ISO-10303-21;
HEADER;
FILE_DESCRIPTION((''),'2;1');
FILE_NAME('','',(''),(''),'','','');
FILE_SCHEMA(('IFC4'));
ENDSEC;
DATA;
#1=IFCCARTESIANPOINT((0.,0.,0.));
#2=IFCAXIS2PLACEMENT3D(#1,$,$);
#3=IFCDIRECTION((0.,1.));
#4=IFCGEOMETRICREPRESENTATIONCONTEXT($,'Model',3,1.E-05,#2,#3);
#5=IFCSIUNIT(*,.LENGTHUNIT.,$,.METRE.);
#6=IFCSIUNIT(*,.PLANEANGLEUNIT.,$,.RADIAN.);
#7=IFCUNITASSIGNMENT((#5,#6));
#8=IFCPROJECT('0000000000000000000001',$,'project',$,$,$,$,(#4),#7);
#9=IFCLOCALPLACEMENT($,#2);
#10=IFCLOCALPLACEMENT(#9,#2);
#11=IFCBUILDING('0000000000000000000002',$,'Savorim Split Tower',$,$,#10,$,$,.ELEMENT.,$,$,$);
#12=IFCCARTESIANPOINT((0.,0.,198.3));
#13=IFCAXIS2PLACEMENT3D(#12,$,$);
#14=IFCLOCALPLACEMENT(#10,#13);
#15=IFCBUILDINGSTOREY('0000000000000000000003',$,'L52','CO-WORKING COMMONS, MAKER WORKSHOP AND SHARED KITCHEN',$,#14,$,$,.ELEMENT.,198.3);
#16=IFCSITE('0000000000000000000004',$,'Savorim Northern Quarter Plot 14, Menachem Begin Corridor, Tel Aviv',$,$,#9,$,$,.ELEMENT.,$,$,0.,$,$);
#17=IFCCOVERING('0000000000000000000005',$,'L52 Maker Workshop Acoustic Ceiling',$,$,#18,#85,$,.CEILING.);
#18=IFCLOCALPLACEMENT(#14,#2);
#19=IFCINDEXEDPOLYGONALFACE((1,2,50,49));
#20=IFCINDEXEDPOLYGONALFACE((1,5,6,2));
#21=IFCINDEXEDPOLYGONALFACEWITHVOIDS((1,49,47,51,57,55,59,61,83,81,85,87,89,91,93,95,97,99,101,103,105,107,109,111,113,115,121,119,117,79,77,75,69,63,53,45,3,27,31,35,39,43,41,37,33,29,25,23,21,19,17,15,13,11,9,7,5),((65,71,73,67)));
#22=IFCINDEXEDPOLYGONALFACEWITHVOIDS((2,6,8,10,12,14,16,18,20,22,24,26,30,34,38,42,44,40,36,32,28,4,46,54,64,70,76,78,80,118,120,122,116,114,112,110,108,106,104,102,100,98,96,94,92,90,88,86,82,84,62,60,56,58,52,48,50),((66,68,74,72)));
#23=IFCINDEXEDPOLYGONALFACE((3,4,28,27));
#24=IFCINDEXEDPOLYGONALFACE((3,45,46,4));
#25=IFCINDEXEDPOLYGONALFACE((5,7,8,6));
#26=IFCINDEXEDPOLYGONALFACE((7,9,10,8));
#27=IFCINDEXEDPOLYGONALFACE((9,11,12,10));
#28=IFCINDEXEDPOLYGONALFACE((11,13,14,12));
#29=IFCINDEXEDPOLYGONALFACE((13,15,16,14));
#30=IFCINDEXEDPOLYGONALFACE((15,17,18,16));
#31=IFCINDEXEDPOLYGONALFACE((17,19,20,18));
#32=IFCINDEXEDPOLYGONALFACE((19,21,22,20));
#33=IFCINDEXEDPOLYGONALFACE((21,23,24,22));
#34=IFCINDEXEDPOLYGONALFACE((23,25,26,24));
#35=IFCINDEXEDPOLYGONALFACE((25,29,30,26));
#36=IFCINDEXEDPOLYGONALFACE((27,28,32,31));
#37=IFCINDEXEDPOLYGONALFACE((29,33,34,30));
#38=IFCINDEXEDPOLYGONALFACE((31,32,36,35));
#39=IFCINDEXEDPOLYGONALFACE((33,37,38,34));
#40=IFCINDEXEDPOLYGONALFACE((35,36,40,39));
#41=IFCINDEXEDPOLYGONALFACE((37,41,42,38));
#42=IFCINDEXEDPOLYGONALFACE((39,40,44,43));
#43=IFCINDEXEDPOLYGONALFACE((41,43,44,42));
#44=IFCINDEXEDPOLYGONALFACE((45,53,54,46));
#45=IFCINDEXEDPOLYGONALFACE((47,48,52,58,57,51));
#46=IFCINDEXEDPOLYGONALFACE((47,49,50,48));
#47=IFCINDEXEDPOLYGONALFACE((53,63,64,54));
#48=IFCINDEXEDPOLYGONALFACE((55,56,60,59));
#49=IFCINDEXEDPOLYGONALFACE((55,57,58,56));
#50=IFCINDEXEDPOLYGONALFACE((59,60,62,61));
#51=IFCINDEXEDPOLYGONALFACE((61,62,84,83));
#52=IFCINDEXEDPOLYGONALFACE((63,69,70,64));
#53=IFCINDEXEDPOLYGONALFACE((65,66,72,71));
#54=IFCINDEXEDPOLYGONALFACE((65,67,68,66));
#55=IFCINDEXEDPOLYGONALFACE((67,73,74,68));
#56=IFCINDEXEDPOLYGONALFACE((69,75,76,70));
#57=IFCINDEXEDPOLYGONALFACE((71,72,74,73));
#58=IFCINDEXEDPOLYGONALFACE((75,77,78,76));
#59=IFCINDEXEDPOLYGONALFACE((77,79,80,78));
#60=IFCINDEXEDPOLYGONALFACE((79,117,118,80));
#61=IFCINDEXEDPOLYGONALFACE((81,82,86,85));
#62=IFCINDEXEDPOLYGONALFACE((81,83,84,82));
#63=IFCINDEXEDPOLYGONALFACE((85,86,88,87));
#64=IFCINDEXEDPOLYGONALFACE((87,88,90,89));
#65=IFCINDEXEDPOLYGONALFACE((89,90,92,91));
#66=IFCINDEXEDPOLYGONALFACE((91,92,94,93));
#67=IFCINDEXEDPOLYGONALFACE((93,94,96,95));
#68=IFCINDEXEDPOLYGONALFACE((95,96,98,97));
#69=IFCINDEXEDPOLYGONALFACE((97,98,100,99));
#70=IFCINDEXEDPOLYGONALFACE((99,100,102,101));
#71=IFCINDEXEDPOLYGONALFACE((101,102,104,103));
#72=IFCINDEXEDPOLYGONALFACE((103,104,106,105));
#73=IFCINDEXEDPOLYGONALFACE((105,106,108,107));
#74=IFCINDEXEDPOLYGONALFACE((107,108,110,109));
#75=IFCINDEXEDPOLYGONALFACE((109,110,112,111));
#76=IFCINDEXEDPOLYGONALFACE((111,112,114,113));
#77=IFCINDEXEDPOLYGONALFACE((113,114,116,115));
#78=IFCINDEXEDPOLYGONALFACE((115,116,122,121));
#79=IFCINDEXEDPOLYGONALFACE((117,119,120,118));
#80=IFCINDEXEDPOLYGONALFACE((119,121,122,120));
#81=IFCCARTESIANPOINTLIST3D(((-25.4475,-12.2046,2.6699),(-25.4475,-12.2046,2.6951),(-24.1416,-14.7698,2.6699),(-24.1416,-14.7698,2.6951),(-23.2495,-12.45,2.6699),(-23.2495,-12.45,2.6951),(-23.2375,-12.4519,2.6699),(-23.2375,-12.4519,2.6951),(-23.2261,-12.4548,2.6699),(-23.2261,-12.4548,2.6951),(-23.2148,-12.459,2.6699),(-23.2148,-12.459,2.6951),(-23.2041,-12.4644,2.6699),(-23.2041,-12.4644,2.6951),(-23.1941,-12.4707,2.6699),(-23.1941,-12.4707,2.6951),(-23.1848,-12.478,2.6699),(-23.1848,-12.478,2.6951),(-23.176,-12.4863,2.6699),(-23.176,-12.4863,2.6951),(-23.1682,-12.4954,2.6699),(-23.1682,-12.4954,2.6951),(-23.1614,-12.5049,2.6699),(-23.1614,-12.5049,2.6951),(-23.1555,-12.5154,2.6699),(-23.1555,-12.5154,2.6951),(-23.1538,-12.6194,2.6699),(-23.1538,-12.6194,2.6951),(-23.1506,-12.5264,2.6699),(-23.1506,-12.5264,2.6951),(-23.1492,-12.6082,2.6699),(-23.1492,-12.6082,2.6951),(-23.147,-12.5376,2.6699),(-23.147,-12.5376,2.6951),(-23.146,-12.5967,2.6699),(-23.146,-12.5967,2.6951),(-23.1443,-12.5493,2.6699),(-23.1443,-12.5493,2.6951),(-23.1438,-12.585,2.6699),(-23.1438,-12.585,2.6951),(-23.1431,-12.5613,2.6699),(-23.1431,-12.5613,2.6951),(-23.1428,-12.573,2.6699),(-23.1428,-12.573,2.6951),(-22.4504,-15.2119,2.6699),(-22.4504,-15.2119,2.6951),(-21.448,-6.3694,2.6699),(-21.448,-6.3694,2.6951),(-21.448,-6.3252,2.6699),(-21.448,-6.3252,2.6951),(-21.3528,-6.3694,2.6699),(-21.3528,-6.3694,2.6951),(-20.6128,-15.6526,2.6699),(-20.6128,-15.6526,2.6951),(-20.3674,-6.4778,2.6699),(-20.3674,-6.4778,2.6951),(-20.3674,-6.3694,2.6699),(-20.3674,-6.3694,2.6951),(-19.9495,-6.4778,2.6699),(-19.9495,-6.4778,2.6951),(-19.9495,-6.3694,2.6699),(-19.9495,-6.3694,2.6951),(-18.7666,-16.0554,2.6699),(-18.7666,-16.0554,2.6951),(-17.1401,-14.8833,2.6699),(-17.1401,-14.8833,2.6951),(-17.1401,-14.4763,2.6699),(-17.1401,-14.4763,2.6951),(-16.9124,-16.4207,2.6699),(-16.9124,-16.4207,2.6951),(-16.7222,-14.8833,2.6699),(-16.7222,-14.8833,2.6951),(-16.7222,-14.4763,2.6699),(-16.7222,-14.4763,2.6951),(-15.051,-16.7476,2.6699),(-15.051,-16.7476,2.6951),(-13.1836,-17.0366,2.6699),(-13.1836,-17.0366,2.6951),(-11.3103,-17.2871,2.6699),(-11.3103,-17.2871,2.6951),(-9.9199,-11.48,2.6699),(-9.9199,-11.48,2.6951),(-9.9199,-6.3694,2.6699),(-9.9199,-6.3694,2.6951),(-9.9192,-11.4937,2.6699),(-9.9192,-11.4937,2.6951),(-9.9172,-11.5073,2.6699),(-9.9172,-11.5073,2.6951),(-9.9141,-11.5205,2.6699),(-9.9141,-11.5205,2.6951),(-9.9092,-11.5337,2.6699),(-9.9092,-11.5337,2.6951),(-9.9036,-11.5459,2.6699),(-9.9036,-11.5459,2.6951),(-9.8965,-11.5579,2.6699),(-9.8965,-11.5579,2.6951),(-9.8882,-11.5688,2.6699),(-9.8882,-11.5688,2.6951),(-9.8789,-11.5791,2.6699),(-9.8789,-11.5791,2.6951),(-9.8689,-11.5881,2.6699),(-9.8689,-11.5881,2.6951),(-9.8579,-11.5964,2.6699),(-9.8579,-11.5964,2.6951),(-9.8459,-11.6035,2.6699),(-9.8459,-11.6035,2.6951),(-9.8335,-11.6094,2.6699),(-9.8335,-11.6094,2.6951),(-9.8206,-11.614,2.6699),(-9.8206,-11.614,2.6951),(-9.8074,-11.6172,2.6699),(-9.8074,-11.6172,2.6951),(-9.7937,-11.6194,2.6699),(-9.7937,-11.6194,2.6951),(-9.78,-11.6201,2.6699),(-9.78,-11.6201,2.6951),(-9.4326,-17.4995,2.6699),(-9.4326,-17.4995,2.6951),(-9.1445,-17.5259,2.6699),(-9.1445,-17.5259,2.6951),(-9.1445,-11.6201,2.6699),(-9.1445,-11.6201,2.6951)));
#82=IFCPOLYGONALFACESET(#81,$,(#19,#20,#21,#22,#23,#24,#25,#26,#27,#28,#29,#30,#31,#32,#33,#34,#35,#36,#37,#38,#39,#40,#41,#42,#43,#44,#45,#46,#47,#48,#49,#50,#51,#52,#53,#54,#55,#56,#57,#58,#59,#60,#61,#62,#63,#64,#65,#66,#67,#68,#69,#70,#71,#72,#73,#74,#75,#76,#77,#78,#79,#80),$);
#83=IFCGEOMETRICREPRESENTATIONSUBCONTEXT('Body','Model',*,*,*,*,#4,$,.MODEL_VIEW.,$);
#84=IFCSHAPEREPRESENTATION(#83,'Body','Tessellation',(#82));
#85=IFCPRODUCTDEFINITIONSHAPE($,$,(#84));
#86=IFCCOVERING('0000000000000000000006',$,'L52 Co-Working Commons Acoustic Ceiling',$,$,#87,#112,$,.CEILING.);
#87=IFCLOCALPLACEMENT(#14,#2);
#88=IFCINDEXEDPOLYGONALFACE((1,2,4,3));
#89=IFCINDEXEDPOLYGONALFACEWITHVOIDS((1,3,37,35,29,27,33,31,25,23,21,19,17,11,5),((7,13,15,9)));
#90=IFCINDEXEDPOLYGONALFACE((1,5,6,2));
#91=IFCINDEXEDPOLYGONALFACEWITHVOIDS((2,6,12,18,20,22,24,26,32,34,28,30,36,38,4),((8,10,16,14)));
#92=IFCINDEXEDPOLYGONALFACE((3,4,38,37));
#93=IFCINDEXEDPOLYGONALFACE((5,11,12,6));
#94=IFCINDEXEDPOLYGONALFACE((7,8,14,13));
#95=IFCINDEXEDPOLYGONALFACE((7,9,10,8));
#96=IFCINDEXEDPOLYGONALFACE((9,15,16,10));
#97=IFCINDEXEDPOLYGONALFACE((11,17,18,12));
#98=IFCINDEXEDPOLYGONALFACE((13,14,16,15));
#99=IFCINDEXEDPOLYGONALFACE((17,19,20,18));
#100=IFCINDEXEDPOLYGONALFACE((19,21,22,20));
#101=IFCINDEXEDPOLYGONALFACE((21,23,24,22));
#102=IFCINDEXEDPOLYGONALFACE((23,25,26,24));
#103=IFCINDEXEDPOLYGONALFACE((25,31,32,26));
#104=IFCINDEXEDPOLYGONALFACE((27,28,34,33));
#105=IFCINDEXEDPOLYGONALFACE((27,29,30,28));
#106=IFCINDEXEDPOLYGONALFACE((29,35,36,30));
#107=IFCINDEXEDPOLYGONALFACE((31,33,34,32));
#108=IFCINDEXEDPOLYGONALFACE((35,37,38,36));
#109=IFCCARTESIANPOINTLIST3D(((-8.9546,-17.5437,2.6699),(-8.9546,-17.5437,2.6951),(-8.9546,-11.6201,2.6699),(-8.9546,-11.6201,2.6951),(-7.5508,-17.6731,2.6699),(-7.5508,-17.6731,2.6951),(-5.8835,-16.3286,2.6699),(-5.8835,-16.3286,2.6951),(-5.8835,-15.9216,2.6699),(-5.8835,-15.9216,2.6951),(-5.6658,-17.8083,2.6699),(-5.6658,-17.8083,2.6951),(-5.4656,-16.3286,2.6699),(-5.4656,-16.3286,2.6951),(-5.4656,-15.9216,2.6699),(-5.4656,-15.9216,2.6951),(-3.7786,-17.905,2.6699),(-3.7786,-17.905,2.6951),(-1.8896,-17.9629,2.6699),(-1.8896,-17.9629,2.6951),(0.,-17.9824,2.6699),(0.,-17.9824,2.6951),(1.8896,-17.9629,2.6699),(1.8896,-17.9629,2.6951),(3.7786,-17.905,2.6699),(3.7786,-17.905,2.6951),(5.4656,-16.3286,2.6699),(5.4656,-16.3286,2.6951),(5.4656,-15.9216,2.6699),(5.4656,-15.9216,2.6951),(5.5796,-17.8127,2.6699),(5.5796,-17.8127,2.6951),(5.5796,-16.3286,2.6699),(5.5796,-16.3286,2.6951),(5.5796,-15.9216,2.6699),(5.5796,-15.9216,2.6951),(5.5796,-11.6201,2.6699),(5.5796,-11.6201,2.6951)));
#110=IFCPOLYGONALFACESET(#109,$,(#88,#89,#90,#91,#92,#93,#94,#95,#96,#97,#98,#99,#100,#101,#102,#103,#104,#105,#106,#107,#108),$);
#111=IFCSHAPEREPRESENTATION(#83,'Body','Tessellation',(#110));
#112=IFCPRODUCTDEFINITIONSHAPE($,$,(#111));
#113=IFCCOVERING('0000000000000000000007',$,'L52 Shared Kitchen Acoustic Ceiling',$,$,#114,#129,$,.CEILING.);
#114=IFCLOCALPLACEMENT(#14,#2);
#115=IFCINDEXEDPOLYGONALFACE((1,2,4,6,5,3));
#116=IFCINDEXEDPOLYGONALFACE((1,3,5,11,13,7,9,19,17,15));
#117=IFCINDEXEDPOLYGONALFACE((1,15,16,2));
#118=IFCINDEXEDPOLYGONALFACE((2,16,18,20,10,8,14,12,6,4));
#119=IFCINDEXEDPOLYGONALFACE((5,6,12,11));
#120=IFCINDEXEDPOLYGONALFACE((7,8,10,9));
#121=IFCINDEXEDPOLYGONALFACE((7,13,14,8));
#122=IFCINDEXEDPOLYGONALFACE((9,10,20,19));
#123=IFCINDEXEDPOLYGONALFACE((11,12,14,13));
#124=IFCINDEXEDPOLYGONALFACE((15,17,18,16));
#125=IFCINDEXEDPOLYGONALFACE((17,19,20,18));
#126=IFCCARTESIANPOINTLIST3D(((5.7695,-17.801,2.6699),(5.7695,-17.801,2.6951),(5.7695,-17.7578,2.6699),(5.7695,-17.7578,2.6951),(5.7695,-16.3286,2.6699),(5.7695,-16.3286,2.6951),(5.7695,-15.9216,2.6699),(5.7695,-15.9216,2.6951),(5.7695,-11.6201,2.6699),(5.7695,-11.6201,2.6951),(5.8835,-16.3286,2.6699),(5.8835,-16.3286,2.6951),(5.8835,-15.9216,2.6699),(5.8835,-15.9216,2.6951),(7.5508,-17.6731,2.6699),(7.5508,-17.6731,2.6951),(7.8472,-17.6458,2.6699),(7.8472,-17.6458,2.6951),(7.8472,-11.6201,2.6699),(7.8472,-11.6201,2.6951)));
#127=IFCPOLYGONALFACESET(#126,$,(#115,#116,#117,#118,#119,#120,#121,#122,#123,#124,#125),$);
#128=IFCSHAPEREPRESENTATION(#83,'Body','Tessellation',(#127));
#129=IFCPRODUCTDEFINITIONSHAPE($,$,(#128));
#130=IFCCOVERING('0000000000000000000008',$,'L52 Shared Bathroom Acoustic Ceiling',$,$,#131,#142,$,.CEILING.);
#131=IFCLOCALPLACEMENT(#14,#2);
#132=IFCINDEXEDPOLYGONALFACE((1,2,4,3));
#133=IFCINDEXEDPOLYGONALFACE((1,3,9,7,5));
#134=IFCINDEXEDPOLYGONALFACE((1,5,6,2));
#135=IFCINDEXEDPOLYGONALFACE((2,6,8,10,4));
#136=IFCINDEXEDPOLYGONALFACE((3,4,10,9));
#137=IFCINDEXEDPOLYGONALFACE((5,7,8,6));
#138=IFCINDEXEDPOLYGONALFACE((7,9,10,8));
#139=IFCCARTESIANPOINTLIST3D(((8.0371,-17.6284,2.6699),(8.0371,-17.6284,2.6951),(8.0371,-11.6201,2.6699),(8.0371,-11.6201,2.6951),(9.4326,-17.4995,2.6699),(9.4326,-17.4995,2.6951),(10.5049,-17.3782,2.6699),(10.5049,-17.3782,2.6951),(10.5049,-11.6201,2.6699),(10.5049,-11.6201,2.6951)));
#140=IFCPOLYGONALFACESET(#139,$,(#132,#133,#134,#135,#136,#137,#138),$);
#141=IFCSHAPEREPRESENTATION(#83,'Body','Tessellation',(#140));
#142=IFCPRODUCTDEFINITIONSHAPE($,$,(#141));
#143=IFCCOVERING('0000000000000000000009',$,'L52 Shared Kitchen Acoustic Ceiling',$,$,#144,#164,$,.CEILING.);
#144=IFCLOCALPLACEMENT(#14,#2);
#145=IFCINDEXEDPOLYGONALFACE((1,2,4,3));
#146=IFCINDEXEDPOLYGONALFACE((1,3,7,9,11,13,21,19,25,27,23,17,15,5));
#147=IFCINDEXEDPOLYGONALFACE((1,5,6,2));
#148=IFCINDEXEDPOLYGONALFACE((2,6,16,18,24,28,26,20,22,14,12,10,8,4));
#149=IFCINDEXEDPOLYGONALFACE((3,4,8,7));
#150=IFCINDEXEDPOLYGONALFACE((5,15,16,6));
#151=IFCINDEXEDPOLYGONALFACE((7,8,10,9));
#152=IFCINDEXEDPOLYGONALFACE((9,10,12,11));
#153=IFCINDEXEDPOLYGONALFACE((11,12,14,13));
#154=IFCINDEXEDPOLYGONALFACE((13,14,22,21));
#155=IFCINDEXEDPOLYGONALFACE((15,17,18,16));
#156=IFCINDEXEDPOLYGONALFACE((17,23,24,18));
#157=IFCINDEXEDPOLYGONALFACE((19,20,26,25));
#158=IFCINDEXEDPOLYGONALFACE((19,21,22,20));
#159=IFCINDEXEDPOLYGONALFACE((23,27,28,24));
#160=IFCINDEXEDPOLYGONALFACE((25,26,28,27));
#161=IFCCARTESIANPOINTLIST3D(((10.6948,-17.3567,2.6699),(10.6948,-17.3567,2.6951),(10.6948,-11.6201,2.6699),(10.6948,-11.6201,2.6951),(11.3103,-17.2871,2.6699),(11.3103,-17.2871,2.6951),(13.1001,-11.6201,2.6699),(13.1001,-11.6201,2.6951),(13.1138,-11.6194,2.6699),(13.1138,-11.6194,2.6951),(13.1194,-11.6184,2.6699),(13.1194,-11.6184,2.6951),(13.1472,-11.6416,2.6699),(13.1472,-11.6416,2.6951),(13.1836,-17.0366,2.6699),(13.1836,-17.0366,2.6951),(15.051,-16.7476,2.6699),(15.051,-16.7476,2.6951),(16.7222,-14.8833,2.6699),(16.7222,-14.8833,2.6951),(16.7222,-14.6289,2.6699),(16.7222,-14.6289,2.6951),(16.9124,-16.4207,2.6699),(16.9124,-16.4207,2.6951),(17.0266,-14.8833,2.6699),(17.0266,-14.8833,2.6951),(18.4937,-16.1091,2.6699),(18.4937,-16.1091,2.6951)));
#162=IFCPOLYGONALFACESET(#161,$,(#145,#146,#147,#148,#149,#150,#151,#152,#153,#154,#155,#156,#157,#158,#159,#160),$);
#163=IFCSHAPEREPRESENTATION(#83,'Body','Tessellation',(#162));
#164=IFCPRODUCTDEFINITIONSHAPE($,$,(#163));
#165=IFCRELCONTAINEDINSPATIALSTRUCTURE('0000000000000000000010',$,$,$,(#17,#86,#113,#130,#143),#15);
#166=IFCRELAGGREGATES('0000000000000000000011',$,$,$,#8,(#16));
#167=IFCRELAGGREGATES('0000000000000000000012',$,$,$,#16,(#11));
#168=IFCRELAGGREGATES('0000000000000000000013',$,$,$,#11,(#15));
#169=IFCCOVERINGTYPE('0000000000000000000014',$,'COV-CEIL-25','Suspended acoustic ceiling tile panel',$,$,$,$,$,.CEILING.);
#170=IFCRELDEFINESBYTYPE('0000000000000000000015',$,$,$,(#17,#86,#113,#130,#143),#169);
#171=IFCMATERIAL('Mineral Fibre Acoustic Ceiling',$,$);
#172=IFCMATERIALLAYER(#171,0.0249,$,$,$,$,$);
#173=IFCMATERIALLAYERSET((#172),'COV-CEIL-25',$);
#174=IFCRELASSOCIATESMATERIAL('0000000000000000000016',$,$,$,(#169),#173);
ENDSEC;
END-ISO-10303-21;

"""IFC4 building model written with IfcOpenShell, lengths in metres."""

from ifc_helpers import new_model, si_unit, direction, frame, origin, place, context, subcontext, project, spatial, polyline, outline, extrude, material, layer, layer_set, type_object, element, save


model = new_model("IFC4")

# Units and contexts
model_context = context("Model", 3, precision=1e-05, world=origin(), true_north=direction((0.0, 1.0)))
body_context = subcontext(model_context, "Body", "Model", "MODEL_VIEW")
ifc_project = project(units=[si_unit("LENGTHUNIT", "METRE"), si_unit("PLANEANGLEUNIT", "RADIAN")], contexts=[model_context])

# Site, building, storey
site_placement = place(None, origin())
site = spatial("IfcSite", under=ifc_project, at=site_placement, Name="Savorim Northern Quarter Plot 14, Menachem Begin Corridor, Tel Aviv", CompositionType="ELEMENT", RefElevation=0.0)
building_placement = place(site_placement, origin())
building = spatial("IfcBuilding", under=site, at=building_placement, Name="Savorim Split Tower", CompositionType="ELEMENT")
storey_placement = place(building_placement, frame((0.0, 0.0, 198.3)))
storey = spatial("IfcBuildingStorey", under=building, at=storey_placement, Name="L52", Description="CO-WORKING COMMONS, MAKER WORKSHOP AND SHARED KITCHEN", CompositionType="ELEMENT", Elevation=198.3)

# Coverings
ifc_material_1 = material(Name="Mineral Fibre Acoustic Ceiling")
ifc_layer_1 = layer(ifc_material_1, 0.0249)
ifc_layer_set_1 = layer_set([ifc_layer_1], Name="COV-CEIL-25")
covering_type_1 = type_object("IfcCoveringType", Name="COV-CEIL-25", Description="Suspended acoustic ceiling tile panel", PredefinedType="CEILING", material=ifc_layer_set_1)
covering_1_placement = place(storey_placement, frame((0.0, 0.0, 2.6699)))
element("IfcCovering", 1, at=covering_1_placement, inside=storey, type_object=covering_type_1, Name="L52 Maker Workshop Acoustic Ceiling", PredefinedType="CEILING", context=body_context, shape_type="SweptSolid", body=[
    extrude(outline(polyline([(-23.1428, -12.573), (-23.1438, -12.585), (-23.146, -12.5967), (-23.1492, -12.6082), (-23.1538, -12.6194), (-24.1416, -14.7698), (-22.4504, -15.2119), (-20.6128, -15.6526), (-18.7666, -16.0554), (-16.9124, -16.4207), (-15.051, -16.7476), (-13.1836, -17.0366), (-11.3103, -17.2871), (-9.4326, -17.4995), (-9.1445, -17.5259), (-9.1445, -11.6201), (-9.78, -11.6201), (-9.7937, -11.6194), (-9.8074, -11.6172), (-9.8206, -11.614), (-9.8335, -11.6094), (-9.8459, -11.6035), (-9.8579, -11.5964), (-9.8689, -11.5881), (-9.8789, -11.5791), (-9.8882, -11.5688), (-9.8965, -11.5579), (-9.9036, -11.5459), (-9.9092, -11.5337), (-9.9141, -11.5205), (-9.9172, -11.5073), (-9.9192, -11.4937), (-9.9199, -11.48), (-9.9199, -6.3694), (-19.9495, -6.3694), (-19.9495, -6.4778), (-20.3674, -6.4778), (-20.3674, -6.3694), (-21.3528, -6.3694), (-21.448, -6.3694), (-21.448, -6.3252), (-25.4475, -12.2046), (-23.2495, -12.45), (-23.2375, -12.4519), (-23.2261, -12.4548), (-23.2148, -12.459), (-23.2041, -12.4644), (-23.1941, -12.4707), (-23.1848, -12.478), (-23.176, -12.4863), (-23.1682, -12.4954), (-23.1614, -12.5049), (-23.1555, -12.5154), (-23.1506, -12.5264), (-23.147, -12.5376), (-23.1443, -12.5493), (-23.1431, -12.5613), (-23.1428, -12.573)]), holes=[polyline([(-17.1401, -14.8833), (-16.7222, -14.8833), (-16.7222, -14.4763), (-17.1401, -14.4763), (-17.1401, -14.8833)])]), origin(), (0.0, 0.0, 1.0), 0.0251),
])
covering_2_placement = place(storey_placement, frame((0.0, 0.0, 2.6699)))
element("IfcCovering", 2, at=covering_2_placement, inside=storey, type_object=covering_type_1, Name="L52 Co-Working Commons Acoustic Ceiling", PredefinedType="CEILING", context=body_context, shape_type="SweptSolid", body=[
    extrude(outline(polyline([(5.4656, -15.9216), (5.5796, -15.9216), (5.5796, -11.6201), (-8.9546, -11.6201), (-8.9546, -17.5437), (-7.5508, -17.6731), (-5.6658, -17.8083), (-3.7786, -17.905), (-1.8896, -17.9629), (0.0, -17.9824), (1.8896, -17.9629), (3.7786, -17.905), (5.5796, -17.8127), (5.5796, -16.3286), (5.4656, -16.3286), (5.4656, -15.9216)]), holes=[polyline([(-5.8835, -16.3286), (-5.4656, -16.3286), (-5.4656, -15.9216), (-5.8835, -15.9216), (-5.8835, -16.3286)])]), origin(), (0.0, 0.0, 1.0), 0.0251),
])
covering_3_placement = place(storey_placement, frame((0.0, 0.0, 2.6699)))
element("IfcCovering", 3, at=covering_3_placement, inside=storey, type_object=covering_type_1, Name="L52 Shared Kitchen Acoustic Ceiling", PredefinedType="CEILING", context=body_context, shape_type="SweptSolid", body=[
    extrude(outline(polyline([(5.7695, -17.7578), (5.7695, -17.801), (7.5508, -17.6731), (7.8472, -17.6458), (7.8472, -11.6201), (5.7695, -11.6201), (5.7695, -15.9216), (5.8835, -15.9216), (5.8835, -16.3286), (5.7695, -16.3286), (5.7695, -17.7578)])), origin(), (0.0, 0.0, 1.0), 0.0251),
])
covering_4_placement = place(storey_placement, frame((0.0, 0.0, 2.6699)))
element("IfcCovering", 4, at=covering_4_placement, inside=storey, type_object=covering_type_1, Name="L52 Shared Bathroom Acoustic Ceiling", PredefinedType="CEILING", context=body_context, shape_type="SweptSolid", body=[
    extrude(outline(polyline([(8.0371, -11.6201), (8.0371, -17.6284), (9.4326, -17.4995), (10.5049, -17.3782), (10.5049, -11.6201), (8.0371, -11.6201)])), origin(), (0.0, 0.0, 1.0), 0.0251),
])
covering_5_placement = place(storey_placement, frame((0.0, 0.0, 2.6699)))
element("IfcCovering", 5, at=covering_5_placement, inside=storey, type_object=covering_type_1, Name="L52 Shared Kitchen Acoustic Ceiling", PredefinedType="CEILING", context=body_context, shape_type="SweptSolid", body=[
    extrude(outline(polyline([(11.3103, -17.2871), (13.1836, -17.0366), (15.051, -16.7476), (16.9124, -16.4207), (18.4937, -16.1091), (17.0266, -14.8833), (16.7222, -14.8833), (16.7222, -14.6289), (13.1472, -11.6416), (13.1194, -11.6184), (13.1138, -11.6194), (13.1001, -11.6201), (10.6948, -11.6201), (10.6948, -17.3567), (11.3103, -17.2871)])), origin(), (0.0, 0.0, 1.0), 0.0251),
])

save(model, "model.ifc")
